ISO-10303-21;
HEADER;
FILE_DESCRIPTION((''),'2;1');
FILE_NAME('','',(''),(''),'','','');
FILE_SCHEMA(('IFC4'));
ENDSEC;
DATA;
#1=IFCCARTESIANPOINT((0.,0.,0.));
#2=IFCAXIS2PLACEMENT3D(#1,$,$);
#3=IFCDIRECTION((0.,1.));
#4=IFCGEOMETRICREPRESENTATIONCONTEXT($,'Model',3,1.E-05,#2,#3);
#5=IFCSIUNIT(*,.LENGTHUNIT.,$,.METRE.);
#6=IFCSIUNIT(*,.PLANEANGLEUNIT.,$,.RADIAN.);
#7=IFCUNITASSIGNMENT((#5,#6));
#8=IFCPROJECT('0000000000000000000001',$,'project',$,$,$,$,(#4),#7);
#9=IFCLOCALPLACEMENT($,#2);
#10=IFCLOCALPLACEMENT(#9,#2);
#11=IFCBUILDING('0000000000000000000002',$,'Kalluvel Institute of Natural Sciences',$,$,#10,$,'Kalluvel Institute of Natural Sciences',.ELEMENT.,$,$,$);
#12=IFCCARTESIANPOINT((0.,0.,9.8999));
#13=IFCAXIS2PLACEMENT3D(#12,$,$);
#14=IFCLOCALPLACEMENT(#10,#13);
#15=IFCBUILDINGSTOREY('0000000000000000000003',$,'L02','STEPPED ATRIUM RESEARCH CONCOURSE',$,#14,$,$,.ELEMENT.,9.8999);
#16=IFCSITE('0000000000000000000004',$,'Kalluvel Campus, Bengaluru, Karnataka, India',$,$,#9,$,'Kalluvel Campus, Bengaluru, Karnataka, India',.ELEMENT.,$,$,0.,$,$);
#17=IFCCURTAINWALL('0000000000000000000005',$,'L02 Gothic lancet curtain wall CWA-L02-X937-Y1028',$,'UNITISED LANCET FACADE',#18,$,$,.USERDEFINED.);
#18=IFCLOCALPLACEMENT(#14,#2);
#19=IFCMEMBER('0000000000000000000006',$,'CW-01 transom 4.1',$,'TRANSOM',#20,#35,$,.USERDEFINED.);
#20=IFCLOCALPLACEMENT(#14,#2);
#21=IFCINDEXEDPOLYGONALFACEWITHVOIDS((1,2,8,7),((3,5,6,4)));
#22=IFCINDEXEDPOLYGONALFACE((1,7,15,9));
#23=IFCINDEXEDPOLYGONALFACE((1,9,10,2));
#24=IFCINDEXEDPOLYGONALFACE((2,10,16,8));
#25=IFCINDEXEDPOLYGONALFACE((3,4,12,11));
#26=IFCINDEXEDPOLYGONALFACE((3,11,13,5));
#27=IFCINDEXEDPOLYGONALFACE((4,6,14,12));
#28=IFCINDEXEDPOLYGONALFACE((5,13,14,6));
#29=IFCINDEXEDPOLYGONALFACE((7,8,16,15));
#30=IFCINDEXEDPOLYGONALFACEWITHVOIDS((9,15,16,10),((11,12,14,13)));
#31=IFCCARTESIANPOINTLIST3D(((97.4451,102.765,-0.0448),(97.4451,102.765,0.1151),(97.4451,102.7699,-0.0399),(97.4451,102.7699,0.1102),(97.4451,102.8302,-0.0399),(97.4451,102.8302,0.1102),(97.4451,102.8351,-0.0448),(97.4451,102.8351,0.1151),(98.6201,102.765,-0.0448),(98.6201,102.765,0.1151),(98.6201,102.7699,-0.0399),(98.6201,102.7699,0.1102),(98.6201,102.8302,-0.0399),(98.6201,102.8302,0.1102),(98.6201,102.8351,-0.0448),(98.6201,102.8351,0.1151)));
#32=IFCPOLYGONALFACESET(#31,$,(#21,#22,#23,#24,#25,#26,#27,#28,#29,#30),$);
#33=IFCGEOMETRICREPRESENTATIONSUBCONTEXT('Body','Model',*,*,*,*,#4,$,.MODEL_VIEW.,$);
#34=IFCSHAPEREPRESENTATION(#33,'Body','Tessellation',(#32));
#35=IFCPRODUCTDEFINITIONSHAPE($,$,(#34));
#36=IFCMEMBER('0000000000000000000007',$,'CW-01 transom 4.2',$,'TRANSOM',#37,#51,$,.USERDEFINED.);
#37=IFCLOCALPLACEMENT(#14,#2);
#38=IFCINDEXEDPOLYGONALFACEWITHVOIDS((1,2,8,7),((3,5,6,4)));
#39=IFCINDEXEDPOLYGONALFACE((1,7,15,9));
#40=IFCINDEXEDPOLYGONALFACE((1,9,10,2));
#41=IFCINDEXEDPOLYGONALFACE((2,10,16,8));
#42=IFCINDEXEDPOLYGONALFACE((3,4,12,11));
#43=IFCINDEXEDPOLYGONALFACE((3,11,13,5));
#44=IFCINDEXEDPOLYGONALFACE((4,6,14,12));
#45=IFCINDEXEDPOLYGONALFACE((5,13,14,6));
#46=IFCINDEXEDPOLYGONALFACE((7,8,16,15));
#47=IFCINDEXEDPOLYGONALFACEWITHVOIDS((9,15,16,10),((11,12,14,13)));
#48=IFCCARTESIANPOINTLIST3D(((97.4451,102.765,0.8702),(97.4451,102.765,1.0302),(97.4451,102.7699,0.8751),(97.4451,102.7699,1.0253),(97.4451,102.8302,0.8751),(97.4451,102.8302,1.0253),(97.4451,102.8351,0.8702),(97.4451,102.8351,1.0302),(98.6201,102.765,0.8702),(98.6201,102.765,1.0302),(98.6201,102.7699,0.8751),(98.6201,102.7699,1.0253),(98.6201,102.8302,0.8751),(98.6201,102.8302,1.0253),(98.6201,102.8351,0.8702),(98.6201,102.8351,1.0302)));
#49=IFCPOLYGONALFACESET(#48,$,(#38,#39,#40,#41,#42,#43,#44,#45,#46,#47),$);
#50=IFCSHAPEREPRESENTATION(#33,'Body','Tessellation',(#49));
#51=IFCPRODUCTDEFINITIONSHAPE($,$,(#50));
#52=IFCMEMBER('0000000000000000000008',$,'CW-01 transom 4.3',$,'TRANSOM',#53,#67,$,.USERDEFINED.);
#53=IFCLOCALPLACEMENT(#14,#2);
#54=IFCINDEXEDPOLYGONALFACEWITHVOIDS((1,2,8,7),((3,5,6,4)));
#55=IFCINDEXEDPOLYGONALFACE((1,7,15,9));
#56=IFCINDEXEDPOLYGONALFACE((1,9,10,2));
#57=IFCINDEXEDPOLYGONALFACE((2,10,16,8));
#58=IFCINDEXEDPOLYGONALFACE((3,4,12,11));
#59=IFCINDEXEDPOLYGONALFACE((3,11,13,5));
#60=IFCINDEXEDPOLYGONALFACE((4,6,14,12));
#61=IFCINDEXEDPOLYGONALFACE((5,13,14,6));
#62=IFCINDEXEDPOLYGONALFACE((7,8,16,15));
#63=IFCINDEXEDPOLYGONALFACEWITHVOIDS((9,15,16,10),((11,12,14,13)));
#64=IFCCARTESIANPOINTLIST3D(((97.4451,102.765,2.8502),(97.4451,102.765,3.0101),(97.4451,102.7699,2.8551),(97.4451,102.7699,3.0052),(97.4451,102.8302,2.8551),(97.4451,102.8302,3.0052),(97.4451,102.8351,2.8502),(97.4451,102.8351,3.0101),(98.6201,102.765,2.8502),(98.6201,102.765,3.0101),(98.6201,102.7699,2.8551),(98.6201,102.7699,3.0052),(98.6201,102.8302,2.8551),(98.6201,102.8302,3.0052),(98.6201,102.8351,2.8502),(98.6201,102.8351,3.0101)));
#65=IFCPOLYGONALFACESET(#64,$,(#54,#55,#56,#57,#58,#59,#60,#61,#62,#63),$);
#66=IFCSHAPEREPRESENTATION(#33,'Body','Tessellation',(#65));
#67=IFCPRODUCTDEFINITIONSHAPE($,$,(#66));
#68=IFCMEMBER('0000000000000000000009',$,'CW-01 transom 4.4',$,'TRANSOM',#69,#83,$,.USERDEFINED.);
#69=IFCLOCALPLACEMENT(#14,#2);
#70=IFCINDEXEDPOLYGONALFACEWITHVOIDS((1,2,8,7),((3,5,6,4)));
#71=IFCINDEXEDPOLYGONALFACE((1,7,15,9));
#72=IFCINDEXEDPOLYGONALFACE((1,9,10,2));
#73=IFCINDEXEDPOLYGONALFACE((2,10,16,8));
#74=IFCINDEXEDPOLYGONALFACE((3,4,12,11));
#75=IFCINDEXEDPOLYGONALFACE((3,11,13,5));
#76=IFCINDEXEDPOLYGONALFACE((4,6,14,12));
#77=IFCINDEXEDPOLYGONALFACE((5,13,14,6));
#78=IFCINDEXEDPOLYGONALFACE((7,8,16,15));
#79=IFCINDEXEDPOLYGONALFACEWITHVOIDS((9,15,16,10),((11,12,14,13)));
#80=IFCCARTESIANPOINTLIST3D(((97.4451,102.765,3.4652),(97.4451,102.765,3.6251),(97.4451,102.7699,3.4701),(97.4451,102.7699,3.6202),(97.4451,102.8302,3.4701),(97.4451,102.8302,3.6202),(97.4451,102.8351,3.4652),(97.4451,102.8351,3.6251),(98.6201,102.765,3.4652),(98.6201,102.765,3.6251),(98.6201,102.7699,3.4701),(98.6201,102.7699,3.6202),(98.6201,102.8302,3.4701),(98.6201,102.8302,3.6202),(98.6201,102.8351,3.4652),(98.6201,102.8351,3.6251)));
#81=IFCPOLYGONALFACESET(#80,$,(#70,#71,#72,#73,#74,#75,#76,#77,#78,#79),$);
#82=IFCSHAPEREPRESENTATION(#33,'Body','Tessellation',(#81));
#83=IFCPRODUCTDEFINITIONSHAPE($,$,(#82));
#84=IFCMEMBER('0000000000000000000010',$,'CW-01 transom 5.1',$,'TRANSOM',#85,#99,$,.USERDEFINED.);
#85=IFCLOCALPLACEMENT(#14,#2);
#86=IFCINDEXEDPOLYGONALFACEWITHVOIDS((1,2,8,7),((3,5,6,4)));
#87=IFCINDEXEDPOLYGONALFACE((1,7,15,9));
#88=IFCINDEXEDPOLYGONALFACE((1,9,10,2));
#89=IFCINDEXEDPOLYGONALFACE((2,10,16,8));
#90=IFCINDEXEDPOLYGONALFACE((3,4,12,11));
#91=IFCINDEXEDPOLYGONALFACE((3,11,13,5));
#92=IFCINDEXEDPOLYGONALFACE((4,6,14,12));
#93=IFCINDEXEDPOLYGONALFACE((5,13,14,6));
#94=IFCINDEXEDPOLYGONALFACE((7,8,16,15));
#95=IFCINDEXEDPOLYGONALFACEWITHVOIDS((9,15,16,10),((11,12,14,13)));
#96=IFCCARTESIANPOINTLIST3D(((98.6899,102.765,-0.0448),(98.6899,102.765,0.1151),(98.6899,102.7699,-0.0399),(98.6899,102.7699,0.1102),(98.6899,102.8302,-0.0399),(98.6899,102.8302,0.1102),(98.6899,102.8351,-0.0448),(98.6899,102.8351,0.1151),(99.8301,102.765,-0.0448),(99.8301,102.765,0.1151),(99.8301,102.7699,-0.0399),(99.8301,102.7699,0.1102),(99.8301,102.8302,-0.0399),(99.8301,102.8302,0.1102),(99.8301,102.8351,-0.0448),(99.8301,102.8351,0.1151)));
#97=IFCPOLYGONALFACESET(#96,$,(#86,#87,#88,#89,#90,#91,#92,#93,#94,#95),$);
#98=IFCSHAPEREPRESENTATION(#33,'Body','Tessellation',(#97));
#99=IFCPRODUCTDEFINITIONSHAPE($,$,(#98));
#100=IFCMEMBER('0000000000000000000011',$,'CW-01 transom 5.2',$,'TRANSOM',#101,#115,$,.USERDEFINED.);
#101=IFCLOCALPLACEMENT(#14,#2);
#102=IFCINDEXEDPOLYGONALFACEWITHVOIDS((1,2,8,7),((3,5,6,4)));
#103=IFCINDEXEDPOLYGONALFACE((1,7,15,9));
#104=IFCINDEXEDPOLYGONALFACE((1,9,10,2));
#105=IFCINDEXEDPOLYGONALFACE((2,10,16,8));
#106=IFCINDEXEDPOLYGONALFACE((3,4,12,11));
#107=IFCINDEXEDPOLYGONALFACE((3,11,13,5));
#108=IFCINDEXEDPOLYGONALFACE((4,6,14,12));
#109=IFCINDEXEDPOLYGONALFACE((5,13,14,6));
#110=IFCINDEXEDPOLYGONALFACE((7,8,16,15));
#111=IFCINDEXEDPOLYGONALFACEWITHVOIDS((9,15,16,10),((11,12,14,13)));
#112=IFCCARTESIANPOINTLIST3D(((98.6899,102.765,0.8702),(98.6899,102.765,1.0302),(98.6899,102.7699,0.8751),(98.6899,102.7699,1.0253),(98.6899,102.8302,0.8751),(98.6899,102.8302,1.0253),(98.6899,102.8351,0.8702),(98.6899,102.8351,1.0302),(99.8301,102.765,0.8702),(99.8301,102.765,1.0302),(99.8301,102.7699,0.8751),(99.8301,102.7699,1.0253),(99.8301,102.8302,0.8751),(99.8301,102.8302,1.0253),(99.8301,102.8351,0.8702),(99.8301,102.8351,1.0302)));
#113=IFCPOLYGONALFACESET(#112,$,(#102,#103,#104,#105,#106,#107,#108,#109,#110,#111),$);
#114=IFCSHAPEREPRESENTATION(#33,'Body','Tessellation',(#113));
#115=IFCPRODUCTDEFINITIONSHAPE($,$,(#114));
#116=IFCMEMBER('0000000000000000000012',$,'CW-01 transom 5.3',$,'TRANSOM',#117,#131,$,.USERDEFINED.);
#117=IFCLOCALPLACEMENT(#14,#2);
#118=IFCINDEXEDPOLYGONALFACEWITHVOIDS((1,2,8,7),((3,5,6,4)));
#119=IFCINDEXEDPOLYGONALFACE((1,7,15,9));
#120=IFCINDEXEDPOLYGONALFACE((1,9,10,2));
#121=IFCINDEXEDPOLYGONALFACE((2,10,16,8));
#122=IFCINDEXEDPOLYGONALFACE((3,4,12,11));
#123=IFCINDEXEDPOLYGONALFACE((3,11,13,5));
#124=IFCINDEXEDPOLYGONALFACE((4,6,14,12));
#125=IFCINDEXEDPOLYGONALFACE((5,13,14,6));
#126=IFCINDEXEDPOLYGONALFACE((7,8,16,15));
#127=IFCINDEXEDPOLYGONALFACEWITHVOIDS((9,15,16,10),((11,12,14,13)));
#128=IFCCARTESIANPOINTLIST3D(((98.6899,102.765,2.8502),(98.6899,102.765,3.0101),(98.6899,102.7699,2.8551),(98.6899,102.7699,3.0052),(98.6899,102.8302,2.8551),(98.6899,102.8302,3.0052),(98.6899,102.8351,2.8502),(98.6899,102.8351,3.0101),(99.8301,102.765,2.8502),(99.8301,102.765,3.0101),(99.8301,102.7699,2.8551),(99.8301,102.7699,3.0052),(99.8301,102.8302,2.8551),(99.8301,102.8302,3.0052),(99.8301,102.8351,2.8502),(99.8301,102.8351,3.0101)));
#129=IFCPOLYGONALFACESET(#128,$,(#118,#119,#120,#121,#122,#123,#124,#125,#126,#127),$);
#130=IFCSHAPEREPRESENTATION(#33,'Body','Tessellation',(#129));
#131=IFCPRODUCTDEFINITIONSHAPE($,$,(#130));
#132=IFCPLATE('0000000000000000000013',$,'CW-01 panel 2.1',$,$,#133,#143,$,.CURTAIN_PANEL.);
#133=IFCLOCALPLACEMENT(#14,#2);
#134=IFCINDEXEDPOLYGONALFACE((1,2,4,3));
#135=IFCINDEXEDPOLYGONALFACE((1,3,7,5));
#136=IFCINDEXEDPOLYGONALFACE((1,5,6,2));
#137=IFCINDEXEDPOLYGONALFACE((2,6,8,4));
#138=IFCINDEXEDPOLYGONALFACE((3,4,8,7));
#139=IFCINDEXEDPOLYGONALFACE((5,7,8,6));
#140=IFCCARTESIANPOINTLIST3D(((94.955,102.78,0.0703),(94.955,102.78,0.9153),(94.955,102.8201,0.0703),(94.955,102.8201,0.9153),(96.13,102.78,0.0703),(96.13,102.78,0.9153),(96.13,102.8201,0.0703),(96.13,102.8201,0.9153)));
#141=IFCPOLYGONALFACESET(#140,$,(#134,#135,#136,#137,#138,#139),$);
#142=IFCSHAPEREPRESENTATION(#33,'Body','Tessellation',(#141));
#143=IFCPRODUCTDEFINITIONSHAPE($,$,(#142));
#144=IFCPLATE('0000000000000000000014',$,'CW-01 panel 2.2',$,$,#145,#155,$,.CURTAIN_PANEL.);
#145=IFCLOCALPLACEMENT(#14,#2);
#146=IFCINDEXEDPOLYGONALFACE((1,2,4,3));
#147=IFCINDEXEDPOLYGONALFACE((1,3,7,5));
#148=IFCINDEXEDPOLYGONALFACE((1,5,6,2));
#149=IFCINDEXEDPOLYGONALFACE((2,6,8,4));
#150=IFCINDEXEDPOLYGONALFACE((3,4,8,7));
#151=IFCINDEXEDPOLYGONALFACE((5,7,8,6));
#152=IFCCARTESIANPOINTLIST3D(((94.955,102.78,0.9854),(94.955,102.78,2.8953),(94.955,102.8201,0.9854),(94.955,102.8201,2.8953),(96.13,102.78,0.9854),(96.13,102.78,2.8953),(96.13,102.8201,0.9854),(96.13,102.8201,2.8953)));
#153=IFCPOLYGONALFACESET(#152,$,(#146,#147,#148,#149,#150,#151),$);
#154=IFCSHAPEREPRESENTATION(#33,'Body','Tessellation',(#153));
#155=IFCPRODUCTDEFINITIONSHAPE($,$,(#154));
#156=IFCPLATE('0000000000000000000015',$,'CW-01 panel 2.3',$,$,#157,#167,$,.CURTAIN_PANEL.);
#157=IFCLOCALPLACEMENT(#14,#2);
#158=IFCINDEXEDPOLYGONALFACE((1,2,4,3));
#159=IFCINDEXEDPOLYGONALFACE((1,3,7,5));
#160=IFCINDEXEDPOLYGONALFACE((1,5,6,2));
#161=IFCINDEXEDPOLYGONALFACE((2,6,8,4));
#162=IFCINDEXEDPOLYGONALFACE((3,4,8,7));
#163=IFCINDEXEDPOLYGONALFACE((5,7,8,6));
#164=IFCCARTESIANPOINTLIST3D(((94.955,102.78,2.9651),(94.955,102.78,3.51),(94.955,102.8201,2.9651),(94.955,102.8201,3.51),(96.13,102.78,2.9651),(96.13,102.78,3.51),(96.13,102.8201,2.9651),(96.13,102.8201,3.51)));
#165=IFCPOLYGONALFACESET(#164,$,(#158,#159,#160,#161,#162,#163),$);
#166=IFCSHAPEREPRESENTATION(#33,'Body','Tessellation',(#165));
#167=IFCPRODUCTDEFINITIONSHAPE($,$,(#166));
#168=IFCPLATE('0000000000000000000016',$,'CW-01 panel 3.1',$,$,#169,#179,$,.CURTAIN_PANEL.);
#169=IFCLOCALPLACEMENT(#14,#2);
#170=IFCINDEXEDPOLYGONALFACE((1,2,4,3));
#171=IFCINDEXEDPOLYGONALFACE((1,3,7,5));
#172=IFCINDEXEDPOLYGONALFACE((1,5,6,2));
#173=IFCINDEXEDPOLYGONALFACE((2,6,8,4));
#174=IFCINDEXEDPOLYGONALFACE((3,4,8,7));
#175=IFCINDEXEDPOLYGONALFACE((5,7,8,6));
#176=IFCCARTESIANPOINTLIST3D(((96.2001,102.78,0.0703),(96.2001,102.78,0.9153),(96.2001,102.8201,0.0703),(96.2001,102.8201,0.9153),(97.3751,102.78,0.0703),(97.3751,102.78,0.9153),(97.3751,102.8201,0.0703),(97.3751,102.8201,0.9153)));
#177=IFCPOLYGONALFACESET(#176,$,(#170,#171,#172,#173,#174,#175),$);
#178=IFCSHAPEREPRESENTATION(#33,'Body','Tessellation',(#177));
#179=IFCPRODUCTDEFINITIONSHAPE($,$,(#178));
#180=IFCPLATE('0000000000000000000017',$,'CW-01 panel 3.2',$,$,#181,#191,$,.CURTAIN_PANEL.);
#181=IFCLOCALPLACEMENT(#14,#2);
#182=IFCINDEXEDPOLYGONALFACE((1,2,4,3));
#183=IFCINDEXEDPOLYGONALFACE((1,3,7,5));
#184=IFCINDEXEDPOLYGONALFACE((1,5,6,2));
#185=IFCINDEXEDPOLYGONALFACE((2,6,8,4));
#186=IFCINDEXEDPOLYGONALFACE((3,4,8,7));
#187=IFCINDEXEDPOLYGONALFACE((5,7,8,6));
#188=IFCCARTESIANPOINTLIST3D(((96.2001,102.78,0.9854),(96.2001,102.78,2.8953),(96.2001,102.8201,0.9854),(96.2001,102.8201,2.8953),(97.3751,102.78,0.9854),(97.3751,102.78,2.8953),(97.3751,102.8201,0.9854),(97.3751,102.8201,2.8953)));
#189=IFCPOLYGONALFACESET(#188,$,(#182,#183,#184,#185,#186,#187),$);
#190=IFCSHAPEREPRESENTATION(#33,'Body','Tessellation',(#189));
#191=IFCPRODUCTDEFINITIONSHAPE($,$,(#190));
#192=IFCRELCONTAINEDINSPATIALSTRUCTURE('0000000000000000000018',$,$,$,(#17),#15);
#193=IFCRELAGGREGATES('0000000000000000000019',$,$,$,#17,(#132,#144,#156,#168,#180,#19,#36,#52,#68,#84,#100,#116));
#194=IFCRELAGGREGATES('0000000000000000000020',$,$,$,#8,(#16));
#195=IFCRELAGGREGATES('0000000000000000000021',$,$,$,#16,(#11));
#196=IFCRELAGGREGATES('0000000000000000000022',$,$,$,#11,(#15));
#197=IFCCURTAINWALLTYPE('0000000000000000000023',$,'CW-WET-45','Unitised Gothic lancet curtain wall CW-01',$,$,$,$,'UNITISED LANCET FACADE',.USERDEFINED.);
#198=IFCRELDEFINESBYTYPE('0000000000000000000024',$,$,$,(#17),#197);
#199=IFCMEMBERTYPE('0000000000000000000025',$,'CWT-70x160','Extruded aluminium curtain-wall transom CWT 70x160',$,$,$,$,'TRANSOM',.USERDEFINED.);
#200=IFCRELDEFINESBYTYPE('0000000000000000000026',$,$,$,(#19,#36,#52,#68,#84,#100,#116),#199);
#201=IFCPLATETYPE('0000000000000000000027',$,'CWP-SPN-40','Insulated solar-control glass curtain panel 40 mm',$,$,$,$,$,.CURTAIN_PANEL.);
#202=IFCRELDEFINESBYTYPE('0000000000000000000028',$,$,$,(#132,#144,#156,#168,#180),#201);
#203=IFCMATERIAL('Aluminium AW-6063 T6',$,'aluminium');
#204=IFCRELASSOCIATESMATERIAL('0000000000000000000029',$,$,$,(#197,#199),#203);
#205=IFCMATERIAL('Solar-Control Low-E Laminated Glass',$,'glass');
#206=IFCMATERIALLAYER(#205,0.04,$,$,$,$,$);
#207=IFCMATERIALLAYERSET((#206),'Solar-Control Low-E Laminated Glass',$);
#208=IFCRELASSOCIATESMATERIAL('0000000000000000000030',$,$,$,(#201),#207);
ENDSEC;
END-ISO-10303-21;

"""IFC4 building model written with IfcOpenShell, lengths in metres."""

from ifc_helpers import new_model, si_unit, direction, frame, origin, origin_2d, place, context, subcontext, project, spatial, rectangle, hollow_rectangle, extrude, material, layer, layer_set, material_profile, profile_set, type_object, element, aggregate, save


model = new_model("IFC4")

# Units and contexts
model_context = context("Model", 3, precision=1e-05, world=origin(), true_north=direction((0.0, 1.0)))
body_context = subcontext(model_context, "Body", "Model", "MODEL_VIEW")
ifc_project = project(units=[si_unit("LENGTHUNIT", "METRE"), si_unit("PLANEANGLEUNIT", "RADIAN")], contexts=[model_context])

# Site, building, storey
site_placement = place(None, origin())
site = spatial("IfcSite", under=ifc_project, at=site_placement, Name="Kalluvel Campus, Bengaluru, Karnataka, India", LongName="Kalluvel Campus, Bengaluru, Karnataka, India", CompositionType="ELEMENT", RefElevation=0.0)
building_placement = place(site_placement, origin())
building = spatial("IfcBuilding", under=site, at=building_placement, Name="Kalluvel Institute of Natural Sciences", LongName="Kalluvel Institute of Natural Sciences", CompositionType="ELEMENT")
storey_placement = place(building_placement, frame((0.0, 0.0, 9.8999)))
storey = spatial("IfcBuildingStorey", under=building, at=storey_placement, Name="L02", Description="STEPPED ATRIUM RESEARCH CONCOURSE", CompositionType="ELEMENT", Elevation=9.8999)

# Curtain wall, members, plates
ifc_material_1 = material(Name="Aluminium AW-6063 T6", Category="aluminium")
curtain_wall_type = type_object("IfcCurtainWallType", Name="CW-WET-45", Description="Unitised Gothic lancet curtain wall CW-01", ElementType="UNITISED LANCET FACADE", PredefinedType="USERDEFINED", material=ifc_material_1)
curtain_wall_placement = place(storey_placement, origin())
curtain_wall = element("IfcCurtainWall", 1, at=curtain_wall_placement, inside=storey, type_object=curtain_wall_type, Name="L02 Gothic lancet curtain wall CWA-L02-X937-Y1028", ObjectType="UNITISED LANCET FACADE", PredefinedType="USERDEFINED")
ifc_material_profile_1 = material_profile(ifc_material_1, hollow_rectangle(XDim=0.0701, YDim=0.1599, WallThickness=0.0049, at=origin_2d()), Name="CWT 70x160")
ifc_profile_set_1 = profile_set([ifc_material_profile_1], Name="Aluminium AW-6063 T6")
member_type_1 = type_object("IfcMemberType", Name="CWT-70x160", Description="Extruded aluminium curtain-wall transom CWT 70x160", ElementType="TRANSOM", PredefinedType="USERDEFINED", material=ifc_profile_set_1)
member_1_placement = place(storey_placement, frame((97.4451, 102.8, 0.0352), z_axis=(1.0, 0.0, 0.0), x_axis=(0.0, 1.0, 0.0)))
member_1 = element("IfcMember", 2, at=member_1_placement, type_object=member_type_1, Name="CW-01 transom 4.1", ObjectType="TRANSOM", PredefinedType="USERDEFINED", context=body_context, shape_type="SweptSolid", body=[
    extrude(hollow_rectangle(XDim=0.0701, YDim=0.1599, WallThickness=0.0049, at=origin_2d()), origin(), (0.0, 0.0, 1.0), 1.175),
])
member_2_placement = place(storey_placement, frame((97.4451, 102.8, 0.9502), z_axis=(1.0, 0.0, 0.0), x_axis=(0.0, 1.0, 0.0)))
member_2 = element("IfcMember", 3, at=member_2_placement, type_object=member_type_1, Name="CW-01 transom 4.2", ObjectType="TRANSOM", PredefinedType="USERDEFINED", context=body_context, shape_type="SweptSolid", body=[
    extrude(hollow_rectangle(XDim=0.0701, YDim=0.1599, WallThickness=0.0049, at=origin_2d()), origin(), (0.0, 0.0, 1.0), 1.175),
])
member_3_placement = place(storey_placement, frame((97.4451, 102.8, 2.9302), z_axis=(1.0, 0.0, 0.0), x_axis=(0.0, 1.0, 0.0)))
member_3 = element("IfcMember", 4, at=member_3_placement, type_object=member_type_1, Name="CW-01 transom 4.3", ObjectType="TRANSOM", PredefinedType="USERDEFINED", context=body_context, shape_type="SweptSolid", body=[
    extrude(hollow_rectangle(XDim=0.0701, YDim=0.1599, WallThickness=0.0049, at=origin_2d()), origin(), (0.0, 0.0, 1.0), 1.175),
])
member_4_placement = place(storey_placement, frame((97.4451, 102.8, 3.5452), z_axis=(1.0, 0.0, 0.0), x_axis=(0.0, 1.0, 0.0)))
member_4 = element("IfcMember", 5, at=member_4_placement, type_object=member_type_1, Name="CW-01 transom 4.4", ObjectType="TRANSOM", PredefinedType="USERDEFINED", context=body_context, shape_type="SweptSolid", body=[
    extrude(hollow_rectangle(XDim=0.0701, YDim=0.1599, WallThickness=0.0049, at=origin_2d()), origin(), (0.0, 0.0, 1.0), 1.175),
])
member_5_placement = place(storey_placement, frame((98.6899, 102.8, 0.0352), z_axis=(1.0, 0.0, 0.0), x_axis=(0.0, 1.0, 0.0)))
member_5 = element("IfcMember", 6, at=member_5_placement, type_object=member_type_1, Name="CW-01 transom 5.1", ObjectType="TRANSOM", PredefinedType="USERDEFINED", context=body_context, shape_type="SweptSolid", body=[
    extrude(hollow_rectangle(XDim=0.0701, YDim=0.1599, WallThickness=0.0049, at=origin_2d()), origin(), (0.0, 0.0, 1.0), 1.1401),
])
member_6_placement = place(storey_placement, frame((98.6899, 102.8, 0.9502), z_axis=(1.0, 0.0, 0.0), x_axis=(0.0, 1.0, 0.0)))
member_6 = element("IfcMember", 7, at=member_6_placement, type_object=member_type_1, Name="CW-01 transom 5.2", ObjectType="TRANSOM", PredefinedType="USERDEFINED", context=body_context, shape_type="SweptSolid", body=[
    extrude(hollow_rectangle(XDim=0.0701, YDim=0.1599, WallThickness=0.0049, at=origin_2d()), origin(), (0.0, 0.0, 1.0), 1.1401),
])
member_7_placement = place(storey_placement, frame((98.6899, 102.8, 2.9302), z_axis=(1.0, 0.0, 0.0), x_axis=(0.0, 1.0, 0.0)))
member_7 = element("IfcMember", 8, at=member_7_placement, type_object=member_type_1, Name="CW-01 transom 5.3", ObjectType="TRANSOM", PredefinedType="USERDEFINED", context=body_context, shape_type="SweptSolid", body=[
    extrude(hollow_rectangle(XDim=0.0701, YDim=0.1599, WallThickness=0.0049, at=origin_2d()), origin(), (0.0, 0.0, 1.0), 1.1401),
])
ifc_material_2 = material(Name="Solar-Control Low-E Laminated Glass", Category="glass")
ifc_layer = layer(ifc_material_2, 0.04)
ifc_layer_set = layer_set([ifc_layer], Name="Solar-Control Low-E Laminated Glass")
plate_type = type_object("IfcPlateType", Name="CWP-SPN-40", Description="Insulated solar-control glass curtain panel 40 mm", PredefinedType="CURTAIN_PANEL", material=ifc_layer_set)
plate_1_placement = place(storey_placement, frame((95.5425, 102.8, 0.0703), z_axis=(0.0, 0.0, 1.0), x_axis=(1.0, 0.0, 0.0)))
plate_1 = element("IfcPlate", 9, at=plate_1_placement, type_object=plate_type, Name="CW-01 panel 2.1", PredefinedType="CURTAIN_PANEL", context=body_context, shape_type="SweptSolid", body=[
    extrude(rectangle(XDim=1.175, YDim=0.04, at=origin_2d()), origin(), (0.0, 0.0, 1.0), 0.845),
])
plate_2_placement = place(storey_placement, frame((95.5425, 102.8, 0.9854), z_axis=(0.0, 0.0, 1.0), x_axis=(1.0, 0.0, 0.0)))
plate_2 = element("IfcPlate", 10, at=plate_2_placement, type_object=plate_type, Name="CW-01 panel 2.2", PredefinedType="CURTAIN_PANEL", context=body_context, shape_type="SweptSolid", body=[
    extrude(rectangle(XDim=1.175, YDim=0.04, at=origin_2d()), origin(), (0.0, 0.0, 1.0), 1.9099),
])
plate_3_placement = place(storey_placement, frame((95.5425, 102.8, 2.9651), z_axis=(0.0, 0.0, 1.0), x_axis=(1.0, 0.0, 0.0)))
plate_3 = element("IfcPlate", 11, at=plate_3_placement, type_object=plate_type, Name="CW-01 panel 2.3", PredefinedType="CURTAIN_PANEL", context=body_context, shape_type="SweptSolid", body=[
    extrude(rectangle(XDim=1.175, YDim=0.04, at=origin_2d()), origin(), (0.0, 0.0, 1.0), 0.5449),
])
plate_4_placement = place(storey_placement, frame((96.7876, 102.8, 0.0703), z_axis=(0.0, 0.0, 1.0), x_axis=(1.0, 0.0, 0.0)))
plate_4 = element("IfcPlate", 12, at=plate_4_placement, type_object=plate_type, Name="CW-01 panel 3.1", PredefinedType="CURTAIN_PANEL", context=body_context, shape_type="SweptSolid", body=[
    extrude(rectangle(XDim=1.175, YDim=0.04, at=origin_2d()), origin(), (0.0, 0.0, 1.0), 0.845),
])
plate_5_placement = place(storey_placement, frame((96.7876, 102.8, 0.9854), z_axis=(0.0, 0.0, 1.0), x_axis=(1.0, 0.0, 0.0)))
plate_5 = element("IfcPlate", 13, at=plate_5_placement, type_object=plate_type, Name="CW-01 panel 3.2", PredefinedType="CURTAIN_PANEL", context=body_context, shape_type="SweptSolid", body=[
    extrude(rectangle(XDim=1.175, YDim=0.04, at=origin_2d()), origin(), (0.0, 0.0, 1.0), 1.9099),
])
aggregate(curtain_wall, [plate_1, plate_2, plate_3, plate_4, plate_5, member_1, member_2, member_3, member_4, member_5, member_6, member_7])

save(model, "model.ifc")
